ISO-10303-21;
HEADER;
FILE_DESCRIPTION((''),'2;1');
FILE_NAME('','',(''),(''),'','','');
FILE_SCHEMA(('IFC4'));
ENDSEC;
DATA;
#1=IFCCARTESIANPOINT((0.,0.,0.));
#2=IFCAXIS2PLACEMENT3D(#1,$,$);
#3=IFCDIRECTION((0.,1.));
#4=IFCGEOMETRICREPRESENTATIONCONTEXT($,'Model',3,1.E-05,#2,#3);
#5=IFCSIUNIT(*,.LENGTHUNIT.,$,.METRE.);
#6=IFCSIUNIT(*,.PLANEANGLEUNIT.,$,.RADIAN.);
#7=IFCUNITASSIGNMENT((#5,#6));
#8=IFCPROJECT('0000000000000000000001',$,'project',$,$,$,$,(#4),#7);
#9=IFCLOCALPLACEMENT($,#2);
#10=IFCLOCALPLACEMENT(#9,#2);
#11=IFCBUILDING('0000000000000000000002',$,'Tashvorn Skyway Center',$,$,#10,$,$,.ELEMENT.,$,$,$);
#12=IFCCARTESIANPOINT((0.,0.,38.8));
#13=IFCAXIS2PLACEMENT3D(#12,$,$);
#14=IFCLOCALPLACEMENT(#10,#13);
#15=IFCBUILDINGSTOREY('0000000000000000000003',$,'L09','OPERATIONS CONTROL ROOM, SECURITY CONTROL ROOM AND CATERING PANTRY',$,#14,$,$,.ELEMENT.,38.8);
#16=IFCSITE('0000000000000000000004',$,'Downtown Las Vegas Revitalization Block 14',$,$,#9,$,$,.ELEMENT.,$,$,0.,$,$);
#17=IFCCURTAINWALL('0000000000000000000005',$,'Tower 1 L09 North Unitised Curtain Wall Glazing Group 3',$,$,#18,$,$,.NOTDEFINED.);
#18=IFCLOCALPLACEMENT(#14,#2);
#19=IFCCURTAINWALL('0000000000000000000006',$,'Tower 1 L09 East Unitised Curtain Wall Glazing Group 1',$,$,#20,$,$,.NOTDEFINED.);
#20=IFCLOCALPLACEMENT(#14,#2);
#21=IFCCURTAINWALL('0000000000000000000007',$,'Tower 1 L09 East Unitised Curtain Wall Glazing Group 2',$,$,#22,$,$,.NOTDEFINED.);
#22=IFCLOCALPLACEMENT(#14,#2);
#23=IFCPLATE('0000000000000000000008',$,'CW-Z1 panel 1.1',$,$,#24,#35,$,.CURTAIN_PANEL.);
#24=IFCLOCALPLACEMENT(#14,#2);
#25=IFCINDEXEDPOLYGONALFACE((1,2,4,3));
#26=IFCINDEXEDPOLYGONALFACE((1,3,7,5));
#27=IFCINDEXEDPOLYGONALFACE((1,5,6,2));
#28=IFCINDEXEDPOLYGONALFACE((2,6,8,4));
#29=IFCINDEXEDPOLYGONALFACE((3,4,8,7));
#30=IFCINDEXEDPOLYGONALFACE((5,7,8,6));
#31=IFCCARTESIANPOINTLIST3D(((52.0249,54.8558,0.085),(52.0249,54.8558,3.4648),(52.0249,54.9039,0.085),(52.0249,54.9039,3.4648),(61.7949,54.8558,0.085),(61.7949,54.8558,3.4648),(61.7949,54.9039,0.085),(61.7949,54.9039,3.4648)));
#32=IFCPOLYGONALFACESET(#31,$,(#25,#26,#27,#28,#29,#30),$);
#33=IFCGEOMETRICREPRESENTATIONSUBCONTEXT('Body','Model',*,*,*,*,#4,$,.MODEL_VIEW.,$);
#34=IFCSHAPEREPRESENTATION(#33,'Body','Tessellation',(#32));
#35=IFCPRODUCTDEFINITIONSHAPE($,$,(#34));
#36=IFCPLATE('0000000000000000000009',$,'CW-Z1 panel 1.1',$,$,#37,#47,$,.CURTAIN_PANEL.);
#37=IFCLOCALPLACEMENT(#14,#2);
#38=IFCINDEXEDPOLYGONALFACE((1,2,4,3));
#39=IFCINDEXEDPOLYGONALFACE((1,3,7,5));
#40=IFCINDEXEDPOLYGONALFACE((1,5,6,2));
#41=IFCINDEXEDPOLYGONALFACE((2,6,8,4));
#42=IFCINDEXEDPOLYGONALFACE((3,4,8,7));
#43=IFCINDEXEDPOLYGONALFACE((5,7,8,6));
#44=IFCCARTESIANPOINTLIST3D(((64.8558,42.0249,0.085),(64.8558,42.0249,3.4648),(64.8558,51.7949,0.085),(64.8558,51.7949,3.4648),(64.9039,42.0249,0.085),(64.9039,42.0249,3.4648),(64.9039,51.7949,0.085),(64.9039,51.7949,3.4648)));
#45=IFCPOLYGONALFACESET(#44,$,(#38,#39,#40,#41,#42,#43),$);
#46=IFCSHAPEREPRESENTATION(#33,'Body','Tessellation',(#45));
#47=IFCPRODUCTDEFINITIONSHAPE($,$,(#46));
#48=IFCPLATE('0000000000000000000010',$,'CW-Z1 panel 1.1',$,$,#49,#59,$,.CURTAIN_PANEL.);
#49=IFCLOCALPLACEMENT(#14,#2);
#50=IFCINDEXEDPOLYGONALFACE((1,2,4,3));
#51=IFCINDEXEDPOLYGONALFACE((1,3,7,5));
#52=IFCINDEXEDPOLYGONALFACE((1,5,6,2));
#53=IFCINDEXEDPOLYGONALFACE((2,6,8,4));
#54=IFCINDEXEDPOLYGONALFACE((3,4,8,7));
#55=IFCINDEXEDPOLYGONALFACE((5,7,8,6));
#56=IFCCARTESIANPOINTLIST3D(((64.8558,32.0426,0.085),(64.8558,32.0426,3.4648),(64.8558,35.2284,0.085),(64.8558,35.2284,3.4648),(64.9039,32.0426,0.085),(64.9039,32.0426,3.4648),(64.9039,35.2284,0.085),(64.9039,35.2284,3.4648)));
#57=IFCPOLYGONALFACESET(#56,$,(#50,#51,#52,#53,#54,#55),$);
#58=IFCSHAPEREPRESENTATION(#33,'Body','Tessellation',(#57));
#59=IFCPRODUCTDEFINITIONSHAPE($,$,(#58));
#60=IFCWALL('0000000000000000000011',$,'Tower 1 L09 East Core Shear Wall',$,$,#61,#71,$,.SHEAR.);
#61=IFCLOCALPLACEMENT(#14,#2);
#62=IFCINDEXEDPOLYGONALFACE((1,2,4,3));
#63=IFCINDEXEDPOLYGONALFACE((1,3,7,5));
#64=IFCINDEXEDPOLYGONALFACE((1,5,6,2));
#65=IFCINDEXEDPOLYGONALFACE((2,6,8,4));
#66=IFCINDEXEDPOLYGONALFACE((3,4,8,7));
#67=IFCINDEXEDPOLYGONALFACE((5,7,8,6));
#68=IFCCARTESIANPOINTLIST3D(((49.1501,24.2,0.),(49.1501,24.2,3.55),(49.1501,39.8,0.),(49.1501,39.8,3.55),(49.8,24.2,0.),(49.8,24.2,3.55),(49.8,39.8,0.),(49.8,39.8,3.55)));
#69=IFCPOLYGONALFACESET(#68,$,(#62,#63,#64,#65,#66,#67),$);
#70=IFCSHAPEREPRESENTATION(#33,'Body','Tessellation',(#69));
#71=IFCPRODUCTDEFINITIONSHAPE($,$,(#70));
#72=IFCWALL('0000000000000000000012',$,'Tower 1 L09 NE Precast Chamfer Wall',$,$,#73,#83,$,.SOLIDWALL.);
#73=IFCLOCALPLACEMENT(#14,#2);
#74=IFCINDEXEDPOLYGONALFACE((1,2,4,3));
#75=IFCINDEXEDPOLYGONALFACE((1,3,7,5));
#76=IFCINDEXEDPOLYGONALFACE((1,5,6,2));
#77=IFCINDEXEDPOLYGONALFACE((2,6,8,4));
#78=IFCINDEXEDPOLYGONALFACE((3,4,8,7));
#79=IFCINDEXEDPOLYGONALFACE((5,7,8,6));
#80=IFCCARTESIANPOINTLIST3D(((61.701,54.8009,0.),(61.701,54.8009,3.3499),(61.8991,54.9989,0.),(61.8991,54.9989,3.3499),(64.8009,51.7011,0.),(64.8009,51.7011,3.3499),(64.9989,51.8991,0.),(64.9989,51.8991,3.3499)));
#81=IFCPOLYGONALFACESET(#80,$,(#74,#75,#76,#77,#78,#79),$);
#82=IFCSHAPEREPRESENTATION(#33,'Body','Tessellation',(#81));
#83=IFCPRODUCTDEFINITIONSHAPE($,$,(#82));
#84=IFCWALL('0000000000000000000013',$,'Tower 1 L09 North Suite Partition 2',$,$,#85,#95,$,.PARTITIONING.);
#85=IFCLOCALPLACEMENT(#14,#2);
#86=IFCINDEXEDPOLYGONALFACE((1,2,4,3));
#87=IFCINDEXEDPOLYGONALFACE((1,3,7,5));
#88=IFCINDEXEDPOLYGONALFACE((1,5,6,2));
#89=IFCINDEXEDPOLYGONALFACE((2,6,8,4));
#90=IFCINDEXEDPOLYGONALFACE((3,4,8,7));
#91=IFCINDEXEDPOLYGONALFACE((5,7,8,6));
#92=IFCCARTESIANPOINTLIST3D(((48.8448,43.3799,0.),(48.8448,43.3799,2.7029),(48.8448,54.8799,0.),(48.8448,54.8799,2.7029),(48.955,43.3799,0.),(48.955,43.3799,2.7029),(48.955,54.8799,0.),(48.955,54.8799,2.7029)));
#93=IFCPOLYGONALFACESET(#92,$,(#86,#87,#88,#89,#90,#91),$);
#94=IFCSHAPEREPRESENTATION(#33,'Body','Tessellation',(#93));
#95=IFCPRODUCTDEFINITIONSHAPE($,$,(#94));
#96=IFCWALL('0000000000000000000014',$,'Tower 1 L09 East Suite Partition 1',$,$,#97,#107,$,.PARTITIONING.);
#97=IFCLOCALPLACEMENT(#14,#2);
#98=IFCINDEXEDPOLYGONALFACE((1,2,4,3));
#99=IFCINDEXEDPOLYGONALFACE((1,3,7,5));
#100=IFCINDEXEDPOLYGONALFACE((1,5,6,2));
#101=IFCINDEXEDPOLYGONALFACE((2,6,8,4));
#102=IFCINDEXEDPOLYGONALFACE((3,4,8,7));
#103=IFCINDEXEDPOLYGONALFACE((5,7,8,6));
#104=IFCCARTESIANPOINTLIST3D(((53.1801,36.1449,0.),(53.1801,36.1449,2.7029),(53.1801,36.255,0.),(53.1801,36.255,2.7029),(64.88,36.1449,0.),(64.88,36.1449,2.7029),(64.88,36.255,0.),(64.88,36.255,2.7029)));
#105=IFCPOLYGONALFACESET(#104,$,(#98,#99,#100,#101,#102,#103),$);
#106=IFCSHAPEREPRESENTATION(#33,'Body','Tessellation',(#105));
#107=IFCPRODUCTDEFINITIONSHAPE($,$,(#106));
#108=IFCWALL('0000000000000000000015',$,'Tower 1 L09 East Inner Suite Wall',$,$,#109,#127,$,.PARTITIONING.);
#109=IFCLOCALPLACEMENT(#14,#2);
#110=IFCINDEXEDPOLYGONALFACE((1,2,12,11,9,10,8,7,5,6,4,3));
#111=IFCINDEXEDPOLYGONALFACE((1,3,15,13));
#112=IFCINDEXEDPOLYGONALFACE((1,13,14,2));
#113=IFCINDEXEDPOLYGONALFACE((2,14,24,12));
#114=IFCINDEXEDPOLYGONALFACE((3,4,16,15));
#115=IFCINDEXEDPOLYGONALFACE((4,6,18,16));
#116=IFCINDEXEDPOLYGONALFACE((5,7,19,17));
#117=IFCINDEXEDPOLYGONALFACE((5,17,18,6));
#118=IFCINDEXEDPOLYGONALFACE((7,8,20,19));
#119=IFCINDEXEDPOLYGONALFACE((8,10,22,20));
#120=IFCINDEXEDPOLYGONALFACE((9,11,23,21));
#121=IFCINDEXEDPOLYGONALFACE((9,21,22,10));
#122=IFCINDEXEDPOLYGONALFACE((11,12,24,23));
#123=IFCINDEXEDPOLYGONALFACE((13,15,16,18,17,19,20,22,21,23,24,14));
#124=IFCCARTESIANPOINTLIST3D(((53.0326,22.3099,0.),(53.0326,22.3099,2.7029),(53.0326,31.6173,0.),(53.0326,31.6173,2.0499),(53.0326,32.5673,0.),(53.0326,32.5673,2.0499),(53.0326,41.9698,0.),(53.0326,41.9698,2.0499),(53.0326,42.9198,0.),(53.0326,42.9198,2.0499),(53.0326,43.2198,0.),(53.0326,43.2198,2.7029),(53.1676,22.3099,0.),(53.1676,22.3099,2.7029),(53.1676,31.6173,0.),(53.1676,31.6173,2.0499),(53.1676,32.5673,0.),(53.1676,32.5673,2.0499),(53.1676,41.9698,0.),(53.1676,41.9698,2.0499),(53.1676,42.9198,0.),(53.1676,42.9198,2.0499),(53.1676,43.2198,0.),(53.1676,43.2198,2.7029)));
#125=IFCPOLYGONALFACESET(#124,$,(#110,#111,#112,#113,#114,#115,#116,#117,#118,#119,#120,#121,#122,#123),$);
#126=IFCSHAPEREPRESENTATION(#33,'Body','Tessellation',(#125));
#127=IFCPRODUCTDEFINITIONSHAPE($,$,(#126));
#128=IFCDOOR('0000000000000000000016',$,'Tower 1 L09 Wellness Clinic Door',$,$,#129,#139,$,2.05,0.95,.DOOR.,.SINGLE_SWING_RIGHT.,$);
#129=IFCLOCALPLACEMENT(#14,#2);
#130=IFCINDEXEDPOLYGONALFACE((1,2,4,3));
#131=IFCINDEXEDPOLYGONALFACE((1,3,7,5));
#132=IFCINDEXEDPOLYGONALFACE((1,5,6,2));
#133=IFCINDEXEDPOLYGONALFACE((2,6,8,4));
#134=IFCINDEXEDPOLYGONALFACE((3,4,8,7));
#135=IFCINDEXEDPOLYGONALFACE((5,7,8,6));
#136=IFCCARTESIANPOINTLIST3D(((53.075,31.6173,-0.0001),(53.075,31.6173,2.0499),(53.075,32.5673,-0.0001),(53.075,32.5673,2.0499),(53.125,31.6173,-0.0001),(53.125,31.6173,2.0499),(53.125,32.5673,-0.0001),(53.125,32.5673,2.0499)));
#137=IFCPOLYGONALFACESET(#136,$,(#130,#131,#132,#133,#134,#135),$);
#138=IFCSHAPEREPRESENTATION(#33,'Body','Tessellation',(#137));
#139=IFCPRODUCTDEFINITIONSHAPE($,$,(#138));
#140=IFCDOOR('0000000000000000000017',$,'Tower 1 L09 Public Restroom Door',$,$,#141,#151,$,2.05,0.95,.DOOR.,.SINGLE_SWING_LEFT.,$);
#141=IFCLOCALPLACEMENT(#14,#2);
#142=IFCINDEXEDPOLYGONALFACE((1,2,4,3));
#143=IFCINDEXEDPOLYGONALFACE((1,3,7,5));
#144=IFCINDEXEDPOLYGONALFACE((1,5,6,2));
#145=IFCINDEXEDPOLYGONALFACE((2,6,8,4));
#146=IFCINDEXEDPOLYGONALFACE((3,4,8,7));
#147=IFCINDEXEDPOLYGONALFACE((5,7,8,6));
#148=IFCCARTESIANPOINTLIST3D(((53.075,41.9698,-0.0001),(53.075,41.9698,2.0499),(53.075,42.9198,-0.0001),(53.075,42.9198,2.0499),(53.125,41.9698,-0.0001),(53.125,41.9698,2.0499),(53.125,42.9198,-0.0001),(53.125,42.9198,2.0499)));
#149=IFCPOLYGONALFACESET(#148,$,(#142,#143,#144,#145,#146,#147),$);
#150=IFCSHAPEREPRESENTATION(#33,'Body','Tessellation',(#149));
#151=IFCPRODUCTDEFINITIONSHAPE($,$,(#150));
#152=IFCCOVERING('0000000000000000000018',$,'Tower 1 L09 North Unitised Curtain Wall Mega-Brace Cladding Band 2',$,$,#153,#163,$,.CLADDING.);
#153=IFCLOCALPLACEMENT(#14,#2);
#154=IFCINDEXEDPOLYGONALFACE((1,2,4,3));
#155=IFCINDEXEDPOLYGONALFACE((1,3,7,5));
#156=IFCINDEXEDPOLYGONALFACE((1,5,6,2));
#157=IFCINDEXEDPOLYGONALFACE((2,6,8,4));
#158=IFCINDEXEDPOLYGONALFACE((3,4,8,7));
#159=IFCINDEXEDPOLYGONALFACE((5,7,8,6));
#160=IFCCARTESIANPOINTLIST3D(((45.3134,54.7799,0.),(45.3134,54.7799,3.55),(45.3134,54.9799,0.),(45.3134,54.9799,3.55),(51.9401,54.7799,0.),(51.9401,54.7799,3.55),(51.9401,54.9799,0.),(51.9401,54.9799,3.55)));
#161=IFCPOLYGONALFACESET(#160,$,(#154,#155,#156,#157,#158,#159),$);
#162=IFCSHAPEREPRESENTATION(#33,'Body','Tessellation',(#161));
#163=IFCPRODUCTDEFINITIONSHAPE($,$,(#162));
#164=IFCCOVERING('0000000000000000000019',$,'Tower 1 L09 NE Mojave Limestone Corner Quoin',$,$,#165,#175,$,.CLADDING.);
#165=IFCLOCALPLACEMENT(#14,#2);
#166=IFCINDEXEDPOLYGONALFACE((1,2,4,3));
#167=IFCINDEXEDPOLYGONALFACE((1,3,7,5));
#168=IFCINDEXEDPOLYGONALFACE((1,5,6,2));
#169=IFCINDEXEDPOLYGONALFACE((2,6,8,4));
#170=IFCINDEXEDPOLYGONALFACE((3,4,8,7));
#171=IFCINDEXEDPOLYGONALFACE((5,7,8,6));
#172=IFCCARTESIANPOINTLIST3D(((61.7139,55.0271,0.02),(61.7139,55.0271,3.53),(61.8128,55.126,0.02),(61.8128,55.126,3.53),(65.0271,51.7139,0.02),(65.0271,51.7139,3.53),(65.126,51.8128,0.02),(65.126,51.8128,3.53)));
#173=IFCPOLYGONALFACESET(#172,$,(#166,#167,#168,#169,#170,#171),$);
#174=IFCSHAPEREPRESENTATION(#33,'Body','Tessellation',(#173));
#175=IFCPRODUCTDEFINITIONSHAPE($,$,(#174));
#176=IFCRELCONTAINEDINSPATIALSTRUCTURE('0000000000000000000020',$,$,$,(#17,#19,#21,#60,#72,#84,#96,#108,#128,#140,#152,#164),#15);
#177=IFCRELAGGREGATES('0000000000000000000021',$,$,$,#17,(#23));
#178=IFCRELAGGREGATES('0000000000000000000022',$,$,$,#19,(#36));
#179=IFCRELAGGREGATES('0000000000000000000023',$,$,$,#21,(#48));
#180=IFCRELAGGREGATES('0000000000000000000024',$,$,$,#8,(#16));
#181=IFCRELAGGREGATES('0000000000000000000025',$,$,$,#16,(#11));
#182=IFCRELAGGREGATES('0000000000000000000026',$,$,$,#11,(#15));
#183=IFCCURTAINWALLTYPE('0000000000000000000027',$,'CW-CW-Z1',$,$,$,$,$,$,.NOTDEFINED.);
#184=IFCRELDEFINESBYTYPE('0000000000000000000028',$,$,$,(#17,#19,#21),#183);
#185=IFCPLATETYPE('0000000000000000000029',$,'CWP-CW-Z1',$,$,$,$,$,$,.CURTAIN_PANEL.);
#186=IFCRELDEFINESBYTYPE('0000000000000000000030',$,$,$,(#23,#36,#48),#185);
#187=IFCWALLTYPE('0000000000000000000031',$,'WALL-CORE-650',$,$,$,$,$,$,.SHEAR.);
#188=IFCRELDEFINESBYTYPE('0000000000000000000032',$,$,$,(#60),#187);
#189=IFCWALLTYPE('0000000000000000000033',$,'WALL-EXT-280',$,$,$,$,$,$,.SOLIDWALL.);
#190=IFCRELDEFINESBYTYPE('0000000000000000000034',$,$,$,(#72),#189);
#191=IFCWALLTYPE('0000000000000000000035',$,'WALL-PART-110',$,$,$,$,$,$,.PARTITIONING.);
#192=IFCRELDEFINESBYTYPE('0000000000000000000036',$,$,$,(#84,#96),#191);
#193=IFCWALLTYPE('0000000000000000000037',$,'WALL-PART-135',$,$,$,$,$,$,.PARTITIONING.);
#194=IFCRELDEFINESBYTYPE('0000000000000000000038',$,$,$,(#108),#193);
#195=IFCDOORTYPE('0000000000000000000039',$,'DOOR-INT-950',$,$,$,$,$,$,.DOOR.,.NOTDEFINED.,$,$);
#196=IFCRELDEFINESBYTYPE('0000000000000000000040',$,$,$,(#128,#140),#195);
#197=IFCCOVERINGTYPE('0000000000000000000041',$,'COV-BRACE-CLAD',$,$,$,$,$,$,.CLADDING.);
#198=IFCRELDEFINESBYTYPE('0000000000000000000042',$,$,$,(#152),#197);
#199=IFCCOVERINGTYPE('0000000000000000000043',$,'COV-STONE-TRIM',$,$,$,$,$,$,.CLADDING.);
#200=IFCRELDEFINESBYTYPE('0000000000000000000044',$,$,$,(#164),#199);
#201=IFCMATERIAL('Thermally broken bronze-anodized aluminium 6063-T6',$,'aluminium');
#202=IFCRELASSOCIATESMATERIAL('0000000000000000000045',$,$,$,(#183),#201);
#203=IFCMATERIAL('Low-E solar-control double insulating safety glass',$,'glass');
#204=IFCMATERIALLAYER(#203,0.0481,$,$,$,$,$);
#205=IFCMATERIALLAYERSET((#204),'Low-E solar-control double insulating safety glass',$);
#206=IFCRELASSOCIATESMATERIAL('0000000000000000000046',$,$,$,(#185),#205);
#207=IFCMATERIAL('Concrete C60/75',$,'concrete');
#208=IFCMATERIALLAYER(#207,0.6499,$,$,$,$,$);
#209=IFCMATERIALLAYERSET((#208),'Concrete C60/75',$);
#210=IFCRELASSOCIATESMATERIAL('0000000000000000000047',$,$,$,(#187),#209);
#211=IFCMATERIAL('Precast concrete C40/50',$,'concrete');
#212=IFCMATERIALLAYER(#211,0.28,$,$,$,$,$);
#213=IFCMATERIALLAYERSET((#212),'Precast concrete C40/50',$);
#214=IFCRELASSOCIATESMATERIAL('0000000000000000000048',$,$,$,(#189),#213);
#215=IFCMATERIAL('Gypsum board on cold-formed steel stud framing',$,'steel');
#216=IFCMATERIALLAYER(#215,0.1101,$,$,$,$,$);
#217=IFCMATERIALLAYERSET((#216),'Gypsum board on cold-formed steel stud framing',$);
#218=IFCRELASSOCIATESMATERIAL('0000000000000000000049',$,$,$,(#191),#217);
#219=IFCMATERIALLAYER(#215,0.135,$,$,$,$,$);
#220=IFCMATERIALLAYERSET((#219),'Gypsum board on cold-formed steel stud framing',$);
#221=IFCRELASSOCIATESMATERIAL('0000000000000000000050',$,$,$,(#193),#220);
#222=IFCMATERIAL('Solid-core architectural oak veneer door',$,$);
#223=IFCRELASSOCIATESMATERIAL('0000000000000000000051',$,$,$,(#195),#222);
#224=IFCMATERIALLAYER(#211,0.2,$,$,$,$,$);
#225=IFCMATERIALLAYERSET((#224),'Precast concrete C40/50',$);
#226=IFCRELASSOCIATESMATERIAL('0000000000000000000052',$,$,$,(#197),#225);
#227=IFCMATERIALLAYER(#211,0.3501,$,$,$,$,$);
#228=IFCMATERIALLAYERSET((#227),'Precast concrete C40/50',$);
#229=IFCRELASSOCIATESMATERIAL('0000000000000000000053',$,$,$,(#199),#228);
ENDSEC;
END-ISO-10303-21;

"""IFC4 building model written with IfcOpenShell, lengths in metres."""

from ifc_helpers import new_model, si_unit, direction, frame, frame_2d, origin, origin_2d, place, context, subcontext, project, spatial, rectangle, extrude, material, layer, layer_set, type_object, element, fill, aggregate, save


model = new_model("IFC4")

# Units and contexts
model_context = context("Model", 3, precision=1e-05, world=origin(), true_north=direction((0.0, 1.0)))
body_context = subcontext(model_context, "Body", "Model", "MODEL_VIEW")
ifc_project = project(units=[si_unit("LENGTHUNIT", "METRE"), si_unit("PLANEANGLEUNIT", "RADIAN")], contexts=[model_context])

# Site, building, storey
site_placement = place(None, origin())
site = spatial("IfcSite", under=ifc_project, at=site_placement, Name="Downtown Las Vegas Revitalization Block 14", CompositionType="ELEMENT", RefElevation=0.0)
building_placement = place(site_placement, origin())
building = spatial("IfcBuilding", under=site, at=building_placement, Name="Tashvorn Skyway Center", CompositionType="ELEMENT")
storey_placement = place(building_placement, frame((0.0, 0.0, 38.8)))
storey = spatial("IfcBuildingStorey", under=building, at=storey_placement, Name="L09", Description="OPERATIONS CONTROL ROOM, SECURITY CONTROL ROOM AND CATERING PANTRY", CompositionType="ELEMENT", Elevation=38.8)

# Curtain walls
ifc_material_1 = material(Name="Thermally broken bronze-anodized aluminium 6063-T6", Category="aluminium")
curtain_wall_type = type_object("IfcCurtainWallType", Name="CW-CW-Z1", PredefinedType="NOTDEFINED", material=ifc_material_1)
curtain_wall_1_placement = place(storey_placement, origin())
curtain_wall_1 = element("IfcCurtainWall", 1, at=curtain_wall_1_placement, inside=storey, type_object=curtain_wall_type, Name="Tower 1 L09 North Unitised Curtain Wall Glazing Group 3", PredefinedType="NOTDEFINED")
curtain_wall_2_placement = place(storey_placement, origin())
curtain_wall_2 = element("IfcCurtainWall", 2, at=curtain_wall_2_placement, inside=storey, type_object=curtain_wall_type, Name="Tower 1 L09 East Unitised Curtain Wall Glazing Group 1", PredefinedType="NOTDEFINED")
curtain_wall_3_placement = place(storey_placement, origin())
curtain_wall_3 = element("IfcCurtainWall", 3, at=curtain_wall_3_placement, inside=storey, type_object=curtain_wall_type, Name="Tower 1 L09 East Unitised Curtain Wall Glazing Group 2", PredefinedType="NOTDEFINED")

# Plates
ifc_material_2 = material(Name="Low-E solar-control double insulating safety glass", Category="glass")
ifc_layer_1 = layer(ifc_material_2, 0.0481)
ifc_layer_set_1 = layer_set([ifc_layer_1], Name="Low-E solar-control double insulating safety glass")
plate_type = type_object("IfcPlateType", Name="CWP-CW-Z1", PredefinedType="CURTAIN_PANEL", material=ifc_layer_set_1)
plate_1_placement = place(storey_placement, frame((56.9099, 54.8799, 0.085), z_axis=(0.0, 0.0, 1.0), x_axis=(1.0, 0.0, 0.0)))
plate_1 = element("IfcPlate", 4, at=plate_1_placement, type_object=plate_type, Name="CW-Z1 panel 1.1", PredefinedType="CURTAIN_PANEL", context=body_context, shape_type="SweptSolid", body=[
    extrude(rectangle(XDim=9.77, YDim=0.0481, at=origin_2d()), origin(), (0.0, 0.0, 1.0), 3.3799),
])
aggregate(curtain_wall_1, [plate_1])
plate_2_placement = place(storey_placement, frame((64.8799, 46.9099, 0.085), z_axis=(0.0, 0.0, 1.0), x_axis=(0.0, -1.0, 0.0)))
plate_2 = element("IfcPlate", 5, at=plate_2_placement, type_object=plate_type, Name="CW-Z1 panel 1.1", PredefinedType="CURTAIN_PANEL", context=body_context, shape_type="SweptSolid", body=[
    extrude(rectangle(XDim=9.77, YDim=0.0481, at=origin_2d()), origin(), (0.0, 0.0, 1.0), 3.3799),
])
aggregate(curtain_wall_2, [plate_2])
plate_3_placement = place(storey_placement, frame((64.8799, 33.6355, 0.085), z_axis=(0.0, 0.0, 1.0), x_axis=(0.0, -1.0, 0.0)))
plate_3 = element("IfcPlate", 6, at=plate_3_placement, type_object=plate_type, Name="CW-Z1 panel 1.1", PredefinedType="CURTAIN_PANEL", context=body_context, shape_type="SweptSolid", body=[
    extrude(rectangle(XDim=3.1858, YDim=0.0481, at=origin_2d()), origin(), (0.0, 0.0, 1.0), 3.3799),
])
aggregate(curtain_wall_3, [plate_3])

# Walls
ifc_material_3 = material(Name="Concrete C60/75", Category="concrete")
ifc_layer_2 = layer(ifc_material_3, 0.6499)
ifc_layer_set_2 = layer_set([ifc_layer_2], Name="Concrete C60/75")
wall_type_1 = type_object("IfcWallType", Name="WALL-CORE-650", PredefinedType="SHEAR", material=ifc_layer_set_2)
wall_1_placement = place(storey_placement, frame((49.4751, 39.8, 0.0), z_axis=(0.0, 0.0, 1.0), x_axis=(0.0, -1.0, 0.0)))
element("IfcWall", 7, at=wall_1_placement, inside=storey, type_object=wall_type_1, Name="Tower 1 L09 East Core Shear Wall", PredefinedType="SHEAR", context=body_context, shape_type="SweptSolid", body=[
    extrude(rectangle(XDim=15.6001, YDim=0.6499, at=frame_2d((7.8, 0.0))), origin(), (0.0, 0.0, 1.0), 3.55),
])
ifc_material_4 = material(Name="Precast concrete C40/50", Category="concrete")
ifc_layer_3 = layer(ifc_material_4, 0.28)
ifc_layer_set_3 = layer_set([ifc_layer_3], Name="Precast concrete C40/50")
wall_type_2 = type_object("IfcWallType", Name="WALL-EXT-280", PredefinedType="SOLIDWALL", material=ifc_layer_set_3)
wall_2_placement = place(storey_placement, frame((61.8, 54.8999, 0.0), z_axis=(0.0, 0.0, 1.0), x_axis=(0.707107, -0.707107, 0.0)))
element("IfcWall", 8, at=wall_2_placement, inside=storey, type_object=wall_type_2, Name="Tower 1 L09 NE Precast Chamfer Wall", PredefinedType="SOLIDWALL", context=body_context, shape_type="SweptSolid", body=[
    extrude(rectangle(XDim=4.3838, YDim=0.28, at=frame_2d((2.1919, 0.0))), origin(), (0.0, 0.0, 1.0), 3.3499),
])
ifc_material_5 = material(Name="Gypsum board on cold-formed steel stud framing", Category="steel")
ifc_layer_4 = layer(ifc_material_5, 0.1101)
ifc_layer_set_4 = layer_set([ifc_layer_4], Name="Gypsum board on cold-formed steel stud framing")
wall_type_3 = type_object("IfcWallType", Name="WALL-PART-110", PredefinedType="PARTITIONING", material=ifc_layer_set_4)
wall_3_placement = place(storey_placement, frame((48.8999, 43.3799, 0.0), z_axis=(0.0, 0.0, 1.0), x_axis=(0.0, 1.0, 0.0)))
element("IfcWall", 9, at=wall_3_placement, inside=storey, type_object=wall_type_3, Name="Tower 1 L09 North Suite Partition 2", PredefinedType="PARTITIONING", context=body_context, shape_type="SweptSolid", body=[
    extrude(rectangle(XDim=11.5, YDim=0.1101, at=frame_2d((5.75, 0.0))), origin(), (0.0, 0.0, 1.0), 2.7029),
])
wall_4_placement = place(storey_placement, frame((53.1799, 36.2, 0.0), z_axis=(0.0, 0.0, 1.0), x_axis=(1.0, 0.0, 0.0)))
element("IfcWall", 10, at=wall_4_placement, inside=storey, type_object=wall_type_3, Name="Tower 1 L09 East Suite Partition 1", PredefinedType="PARTITIONING", context=body_context, shape_type="SweptSolid", body=[
    extrude(rectangle(XDim=11.7, YDim=0.1101, at=frame_2d((5.8501, 0.0))), origin(), (0.0, 0.0, 1.0), 2.7029),
])

# Wall, openings, doors
ifc_layer_5 = layer(ifc_material_5, 0.135)
ifc_layer_set_5 = layer_set([ifc_layer_5], Name="Gypsum board on cold-formed steel stud framing")
wall_type_4 = type_object("IfcWallType", Name="WALL-PART-135", PredefinedType="PARTITIONING", material=ifc_layer_set_5)
wall_5_placement = place(storey_placement, frame((53.1001, 43.22, 0.0), z_axis=(0.0, 0.0, 1.0), x_axis=(0.0, -1.0, 0.0)))
wall_5 = element("IfcWall", 11, at=wall_5_placement, inside=storey, type_object=wall_type_4, Name="Tower 1 L09 East Inner Suite Wall", PredefinedType="PARTITIONING", context=body_context, shape_type="SweptSolid", body=[
    extrude(rectangle(XDim=20.9099, YDim=0.135, at=frame_2d((10.4551, 0.0))), origin(), (0.0, 0.0, 1.0), 2.7029),
])
opening_1_placement = place(wall_5_placement, frame((10.6526, 0.0, 0.0)))
opening_1 = element("IfcOpeningElement", 12, at=opening_1_placement, cuts=wall_5, PredefinedType="OPENING", context=body_context, shape_type="SweptSolid", body=[
    extrude(rectangle(XDim=0.95, YDim=2.05, at=frame_2d((0.4751, 1.0249))), frame((0.0, 0.0774, 0.0), z_axis=(0.0, -1.0, 0.0), x_axis=(1.0, 0.0, 0.0)), (0.0, 0.0, 1.0), 0.155),
])
opening_2_placement = place(wall_5_placement, frame((0.3, 0.0, 0.0)))
opening_2 = element("IfcOpeningElement", 13, at=opening_2_placement, cuts=wall_5, PredefinedType="OPENING", context=body_context, shape_type="SweptSolid", body=[
    extrude(rectangle(XDim=0.95, YDim=2.05, at=frame_2d((0.4751, 1.0249))), frame((0.0, 0.0774, 0.0), z_axis=(0.0, -1.0, 0.0), x_axis=(1.0, 0.0, 0.0)), (0.0, 0.0, 1.0), 0.155),
])
ifc_material_6 = material(Name="Solid-core architectural oak veneer door")
door_type = type_object("IfcDoorType", Name="DOOR-INT-950", OperationType="NOTDEFINED", PredefinedType="DOOR", material=ifc_material_6)
door_1_placement = place(opening_1_placement, origin())
door_1 = element("IfcDoor", 14, at=door_1_placement, inside=storey, type_object=door_type, Name="Tower 1 L09 Wellness Clinic Door", OperationType="SINGLE_SWING_RIGHT", OverallHeight=2.05, OverallWidth=0.95, PredefinedType="DOOR", context=body_context, shape_type="SweptSolid", body=[
    extrude(rectangle(XDim=0.95, YDim=2.05, at=frame_2d((0.4751, 1.0249))), frame((0.0, 0.0249, 0.0), z_axis=(0.0, -1.0, 0.0), x_axis=(1.0, 0.0, 0.0)), (0.0, 0.0, 1.0), 0.05),
])
fill(opening_1, door_1)
door_2_placement = place(opening_2_placement, origin())
door_2 = element("IfcDoor", 15, at=door_2_placement, inside=storey, type_object=door_type, Name="Tower 1 L09 Public Restroom Door", OperationType="SINGLE_SWING_LEFT", OverallHeight=2.05, OverallWidth=0.95, PredefinedType="DOOR", context=body_context, shape_type="SweptSolid", body=[
    extrude(rectangle(XDim=0.95, YDim=2.05, at=frame_2d((0.4751, 1.0249))), frame((0.0, 0.0249, 0.0), z_axis=(0.0, -1.0, 0.0), x_axis=(1.0, 0.0, 0.0)), (0.0, 0.0, 1.0), 0.05),
])
fill(opening_2, door_2)

# Coverings
ifc_layer_6 = layer(ifc_material_4, 0.2)
ifc_layer_set_6 = layer_set([ifc_layer_6], Name="Precast concrete C40/50")
covering_type_1 = type_object("IfcCoveringType", Name="COV-BRACE-CLAD", PredefinedType="CLADDING", material=ifc_layer_set_6)
covering_1_placement = place(storey_placement, frame((48.6267, 54.8799, 0.0), z_axis=(0.0, 0.0, 1.0), x_axis=(1.0, 0.0, 0.0)))
element("IfcCovering", 16, at=covering_1_placement, inside=storey, type_object=covering_type_1, Name="Tower 1 L09 North Unitised Curtain Wall Mega-Brace Cladding Band 2", PredefinedType="CLADDING", context=body_context, shape_type="SweptSolid", body=[
    extrude(rectangle(XDim=6.6267, YDim=0.2, at=origin_2d()), origin(), (0.0, 0.0, 1.0), 3.55),
])
ifc_layer_7 = layer(ifc_material_4, 0.3501)
ifc_layer_set_7 = layer_set([ifc_layer_7], Name="Precast concrete C40/50")
covering_type_2 = type_object("IfcCoveringType", Name="COV-STONE-TRIM", PredefinedType="CLADDING", material=ifc_layer_set_7)
covering_2_placement = place(storey_placement, frame((63.4199, 53.4199, 0.02), z_axis=(0.0, 0.0, 1.0), x_axis=(0.707107, -0.707107, 0.0)))
element("IfcCovering", 17, at=covering_2_placement, inside=storey, type_object=covering_type_2, Name="Tower 1 L09 NE Mojave Limestone Corner Quoin", PredefinedType="CLADDING", context=body_context, shape_type="SweptSolid", body=[
    extrude(rectangle(XDim=4.6855, YDim=0.1399, at=origin_2d()), origin(), (0.0, 0.0, 1.0), 3.51),
])

save(model, "model.ifc")
